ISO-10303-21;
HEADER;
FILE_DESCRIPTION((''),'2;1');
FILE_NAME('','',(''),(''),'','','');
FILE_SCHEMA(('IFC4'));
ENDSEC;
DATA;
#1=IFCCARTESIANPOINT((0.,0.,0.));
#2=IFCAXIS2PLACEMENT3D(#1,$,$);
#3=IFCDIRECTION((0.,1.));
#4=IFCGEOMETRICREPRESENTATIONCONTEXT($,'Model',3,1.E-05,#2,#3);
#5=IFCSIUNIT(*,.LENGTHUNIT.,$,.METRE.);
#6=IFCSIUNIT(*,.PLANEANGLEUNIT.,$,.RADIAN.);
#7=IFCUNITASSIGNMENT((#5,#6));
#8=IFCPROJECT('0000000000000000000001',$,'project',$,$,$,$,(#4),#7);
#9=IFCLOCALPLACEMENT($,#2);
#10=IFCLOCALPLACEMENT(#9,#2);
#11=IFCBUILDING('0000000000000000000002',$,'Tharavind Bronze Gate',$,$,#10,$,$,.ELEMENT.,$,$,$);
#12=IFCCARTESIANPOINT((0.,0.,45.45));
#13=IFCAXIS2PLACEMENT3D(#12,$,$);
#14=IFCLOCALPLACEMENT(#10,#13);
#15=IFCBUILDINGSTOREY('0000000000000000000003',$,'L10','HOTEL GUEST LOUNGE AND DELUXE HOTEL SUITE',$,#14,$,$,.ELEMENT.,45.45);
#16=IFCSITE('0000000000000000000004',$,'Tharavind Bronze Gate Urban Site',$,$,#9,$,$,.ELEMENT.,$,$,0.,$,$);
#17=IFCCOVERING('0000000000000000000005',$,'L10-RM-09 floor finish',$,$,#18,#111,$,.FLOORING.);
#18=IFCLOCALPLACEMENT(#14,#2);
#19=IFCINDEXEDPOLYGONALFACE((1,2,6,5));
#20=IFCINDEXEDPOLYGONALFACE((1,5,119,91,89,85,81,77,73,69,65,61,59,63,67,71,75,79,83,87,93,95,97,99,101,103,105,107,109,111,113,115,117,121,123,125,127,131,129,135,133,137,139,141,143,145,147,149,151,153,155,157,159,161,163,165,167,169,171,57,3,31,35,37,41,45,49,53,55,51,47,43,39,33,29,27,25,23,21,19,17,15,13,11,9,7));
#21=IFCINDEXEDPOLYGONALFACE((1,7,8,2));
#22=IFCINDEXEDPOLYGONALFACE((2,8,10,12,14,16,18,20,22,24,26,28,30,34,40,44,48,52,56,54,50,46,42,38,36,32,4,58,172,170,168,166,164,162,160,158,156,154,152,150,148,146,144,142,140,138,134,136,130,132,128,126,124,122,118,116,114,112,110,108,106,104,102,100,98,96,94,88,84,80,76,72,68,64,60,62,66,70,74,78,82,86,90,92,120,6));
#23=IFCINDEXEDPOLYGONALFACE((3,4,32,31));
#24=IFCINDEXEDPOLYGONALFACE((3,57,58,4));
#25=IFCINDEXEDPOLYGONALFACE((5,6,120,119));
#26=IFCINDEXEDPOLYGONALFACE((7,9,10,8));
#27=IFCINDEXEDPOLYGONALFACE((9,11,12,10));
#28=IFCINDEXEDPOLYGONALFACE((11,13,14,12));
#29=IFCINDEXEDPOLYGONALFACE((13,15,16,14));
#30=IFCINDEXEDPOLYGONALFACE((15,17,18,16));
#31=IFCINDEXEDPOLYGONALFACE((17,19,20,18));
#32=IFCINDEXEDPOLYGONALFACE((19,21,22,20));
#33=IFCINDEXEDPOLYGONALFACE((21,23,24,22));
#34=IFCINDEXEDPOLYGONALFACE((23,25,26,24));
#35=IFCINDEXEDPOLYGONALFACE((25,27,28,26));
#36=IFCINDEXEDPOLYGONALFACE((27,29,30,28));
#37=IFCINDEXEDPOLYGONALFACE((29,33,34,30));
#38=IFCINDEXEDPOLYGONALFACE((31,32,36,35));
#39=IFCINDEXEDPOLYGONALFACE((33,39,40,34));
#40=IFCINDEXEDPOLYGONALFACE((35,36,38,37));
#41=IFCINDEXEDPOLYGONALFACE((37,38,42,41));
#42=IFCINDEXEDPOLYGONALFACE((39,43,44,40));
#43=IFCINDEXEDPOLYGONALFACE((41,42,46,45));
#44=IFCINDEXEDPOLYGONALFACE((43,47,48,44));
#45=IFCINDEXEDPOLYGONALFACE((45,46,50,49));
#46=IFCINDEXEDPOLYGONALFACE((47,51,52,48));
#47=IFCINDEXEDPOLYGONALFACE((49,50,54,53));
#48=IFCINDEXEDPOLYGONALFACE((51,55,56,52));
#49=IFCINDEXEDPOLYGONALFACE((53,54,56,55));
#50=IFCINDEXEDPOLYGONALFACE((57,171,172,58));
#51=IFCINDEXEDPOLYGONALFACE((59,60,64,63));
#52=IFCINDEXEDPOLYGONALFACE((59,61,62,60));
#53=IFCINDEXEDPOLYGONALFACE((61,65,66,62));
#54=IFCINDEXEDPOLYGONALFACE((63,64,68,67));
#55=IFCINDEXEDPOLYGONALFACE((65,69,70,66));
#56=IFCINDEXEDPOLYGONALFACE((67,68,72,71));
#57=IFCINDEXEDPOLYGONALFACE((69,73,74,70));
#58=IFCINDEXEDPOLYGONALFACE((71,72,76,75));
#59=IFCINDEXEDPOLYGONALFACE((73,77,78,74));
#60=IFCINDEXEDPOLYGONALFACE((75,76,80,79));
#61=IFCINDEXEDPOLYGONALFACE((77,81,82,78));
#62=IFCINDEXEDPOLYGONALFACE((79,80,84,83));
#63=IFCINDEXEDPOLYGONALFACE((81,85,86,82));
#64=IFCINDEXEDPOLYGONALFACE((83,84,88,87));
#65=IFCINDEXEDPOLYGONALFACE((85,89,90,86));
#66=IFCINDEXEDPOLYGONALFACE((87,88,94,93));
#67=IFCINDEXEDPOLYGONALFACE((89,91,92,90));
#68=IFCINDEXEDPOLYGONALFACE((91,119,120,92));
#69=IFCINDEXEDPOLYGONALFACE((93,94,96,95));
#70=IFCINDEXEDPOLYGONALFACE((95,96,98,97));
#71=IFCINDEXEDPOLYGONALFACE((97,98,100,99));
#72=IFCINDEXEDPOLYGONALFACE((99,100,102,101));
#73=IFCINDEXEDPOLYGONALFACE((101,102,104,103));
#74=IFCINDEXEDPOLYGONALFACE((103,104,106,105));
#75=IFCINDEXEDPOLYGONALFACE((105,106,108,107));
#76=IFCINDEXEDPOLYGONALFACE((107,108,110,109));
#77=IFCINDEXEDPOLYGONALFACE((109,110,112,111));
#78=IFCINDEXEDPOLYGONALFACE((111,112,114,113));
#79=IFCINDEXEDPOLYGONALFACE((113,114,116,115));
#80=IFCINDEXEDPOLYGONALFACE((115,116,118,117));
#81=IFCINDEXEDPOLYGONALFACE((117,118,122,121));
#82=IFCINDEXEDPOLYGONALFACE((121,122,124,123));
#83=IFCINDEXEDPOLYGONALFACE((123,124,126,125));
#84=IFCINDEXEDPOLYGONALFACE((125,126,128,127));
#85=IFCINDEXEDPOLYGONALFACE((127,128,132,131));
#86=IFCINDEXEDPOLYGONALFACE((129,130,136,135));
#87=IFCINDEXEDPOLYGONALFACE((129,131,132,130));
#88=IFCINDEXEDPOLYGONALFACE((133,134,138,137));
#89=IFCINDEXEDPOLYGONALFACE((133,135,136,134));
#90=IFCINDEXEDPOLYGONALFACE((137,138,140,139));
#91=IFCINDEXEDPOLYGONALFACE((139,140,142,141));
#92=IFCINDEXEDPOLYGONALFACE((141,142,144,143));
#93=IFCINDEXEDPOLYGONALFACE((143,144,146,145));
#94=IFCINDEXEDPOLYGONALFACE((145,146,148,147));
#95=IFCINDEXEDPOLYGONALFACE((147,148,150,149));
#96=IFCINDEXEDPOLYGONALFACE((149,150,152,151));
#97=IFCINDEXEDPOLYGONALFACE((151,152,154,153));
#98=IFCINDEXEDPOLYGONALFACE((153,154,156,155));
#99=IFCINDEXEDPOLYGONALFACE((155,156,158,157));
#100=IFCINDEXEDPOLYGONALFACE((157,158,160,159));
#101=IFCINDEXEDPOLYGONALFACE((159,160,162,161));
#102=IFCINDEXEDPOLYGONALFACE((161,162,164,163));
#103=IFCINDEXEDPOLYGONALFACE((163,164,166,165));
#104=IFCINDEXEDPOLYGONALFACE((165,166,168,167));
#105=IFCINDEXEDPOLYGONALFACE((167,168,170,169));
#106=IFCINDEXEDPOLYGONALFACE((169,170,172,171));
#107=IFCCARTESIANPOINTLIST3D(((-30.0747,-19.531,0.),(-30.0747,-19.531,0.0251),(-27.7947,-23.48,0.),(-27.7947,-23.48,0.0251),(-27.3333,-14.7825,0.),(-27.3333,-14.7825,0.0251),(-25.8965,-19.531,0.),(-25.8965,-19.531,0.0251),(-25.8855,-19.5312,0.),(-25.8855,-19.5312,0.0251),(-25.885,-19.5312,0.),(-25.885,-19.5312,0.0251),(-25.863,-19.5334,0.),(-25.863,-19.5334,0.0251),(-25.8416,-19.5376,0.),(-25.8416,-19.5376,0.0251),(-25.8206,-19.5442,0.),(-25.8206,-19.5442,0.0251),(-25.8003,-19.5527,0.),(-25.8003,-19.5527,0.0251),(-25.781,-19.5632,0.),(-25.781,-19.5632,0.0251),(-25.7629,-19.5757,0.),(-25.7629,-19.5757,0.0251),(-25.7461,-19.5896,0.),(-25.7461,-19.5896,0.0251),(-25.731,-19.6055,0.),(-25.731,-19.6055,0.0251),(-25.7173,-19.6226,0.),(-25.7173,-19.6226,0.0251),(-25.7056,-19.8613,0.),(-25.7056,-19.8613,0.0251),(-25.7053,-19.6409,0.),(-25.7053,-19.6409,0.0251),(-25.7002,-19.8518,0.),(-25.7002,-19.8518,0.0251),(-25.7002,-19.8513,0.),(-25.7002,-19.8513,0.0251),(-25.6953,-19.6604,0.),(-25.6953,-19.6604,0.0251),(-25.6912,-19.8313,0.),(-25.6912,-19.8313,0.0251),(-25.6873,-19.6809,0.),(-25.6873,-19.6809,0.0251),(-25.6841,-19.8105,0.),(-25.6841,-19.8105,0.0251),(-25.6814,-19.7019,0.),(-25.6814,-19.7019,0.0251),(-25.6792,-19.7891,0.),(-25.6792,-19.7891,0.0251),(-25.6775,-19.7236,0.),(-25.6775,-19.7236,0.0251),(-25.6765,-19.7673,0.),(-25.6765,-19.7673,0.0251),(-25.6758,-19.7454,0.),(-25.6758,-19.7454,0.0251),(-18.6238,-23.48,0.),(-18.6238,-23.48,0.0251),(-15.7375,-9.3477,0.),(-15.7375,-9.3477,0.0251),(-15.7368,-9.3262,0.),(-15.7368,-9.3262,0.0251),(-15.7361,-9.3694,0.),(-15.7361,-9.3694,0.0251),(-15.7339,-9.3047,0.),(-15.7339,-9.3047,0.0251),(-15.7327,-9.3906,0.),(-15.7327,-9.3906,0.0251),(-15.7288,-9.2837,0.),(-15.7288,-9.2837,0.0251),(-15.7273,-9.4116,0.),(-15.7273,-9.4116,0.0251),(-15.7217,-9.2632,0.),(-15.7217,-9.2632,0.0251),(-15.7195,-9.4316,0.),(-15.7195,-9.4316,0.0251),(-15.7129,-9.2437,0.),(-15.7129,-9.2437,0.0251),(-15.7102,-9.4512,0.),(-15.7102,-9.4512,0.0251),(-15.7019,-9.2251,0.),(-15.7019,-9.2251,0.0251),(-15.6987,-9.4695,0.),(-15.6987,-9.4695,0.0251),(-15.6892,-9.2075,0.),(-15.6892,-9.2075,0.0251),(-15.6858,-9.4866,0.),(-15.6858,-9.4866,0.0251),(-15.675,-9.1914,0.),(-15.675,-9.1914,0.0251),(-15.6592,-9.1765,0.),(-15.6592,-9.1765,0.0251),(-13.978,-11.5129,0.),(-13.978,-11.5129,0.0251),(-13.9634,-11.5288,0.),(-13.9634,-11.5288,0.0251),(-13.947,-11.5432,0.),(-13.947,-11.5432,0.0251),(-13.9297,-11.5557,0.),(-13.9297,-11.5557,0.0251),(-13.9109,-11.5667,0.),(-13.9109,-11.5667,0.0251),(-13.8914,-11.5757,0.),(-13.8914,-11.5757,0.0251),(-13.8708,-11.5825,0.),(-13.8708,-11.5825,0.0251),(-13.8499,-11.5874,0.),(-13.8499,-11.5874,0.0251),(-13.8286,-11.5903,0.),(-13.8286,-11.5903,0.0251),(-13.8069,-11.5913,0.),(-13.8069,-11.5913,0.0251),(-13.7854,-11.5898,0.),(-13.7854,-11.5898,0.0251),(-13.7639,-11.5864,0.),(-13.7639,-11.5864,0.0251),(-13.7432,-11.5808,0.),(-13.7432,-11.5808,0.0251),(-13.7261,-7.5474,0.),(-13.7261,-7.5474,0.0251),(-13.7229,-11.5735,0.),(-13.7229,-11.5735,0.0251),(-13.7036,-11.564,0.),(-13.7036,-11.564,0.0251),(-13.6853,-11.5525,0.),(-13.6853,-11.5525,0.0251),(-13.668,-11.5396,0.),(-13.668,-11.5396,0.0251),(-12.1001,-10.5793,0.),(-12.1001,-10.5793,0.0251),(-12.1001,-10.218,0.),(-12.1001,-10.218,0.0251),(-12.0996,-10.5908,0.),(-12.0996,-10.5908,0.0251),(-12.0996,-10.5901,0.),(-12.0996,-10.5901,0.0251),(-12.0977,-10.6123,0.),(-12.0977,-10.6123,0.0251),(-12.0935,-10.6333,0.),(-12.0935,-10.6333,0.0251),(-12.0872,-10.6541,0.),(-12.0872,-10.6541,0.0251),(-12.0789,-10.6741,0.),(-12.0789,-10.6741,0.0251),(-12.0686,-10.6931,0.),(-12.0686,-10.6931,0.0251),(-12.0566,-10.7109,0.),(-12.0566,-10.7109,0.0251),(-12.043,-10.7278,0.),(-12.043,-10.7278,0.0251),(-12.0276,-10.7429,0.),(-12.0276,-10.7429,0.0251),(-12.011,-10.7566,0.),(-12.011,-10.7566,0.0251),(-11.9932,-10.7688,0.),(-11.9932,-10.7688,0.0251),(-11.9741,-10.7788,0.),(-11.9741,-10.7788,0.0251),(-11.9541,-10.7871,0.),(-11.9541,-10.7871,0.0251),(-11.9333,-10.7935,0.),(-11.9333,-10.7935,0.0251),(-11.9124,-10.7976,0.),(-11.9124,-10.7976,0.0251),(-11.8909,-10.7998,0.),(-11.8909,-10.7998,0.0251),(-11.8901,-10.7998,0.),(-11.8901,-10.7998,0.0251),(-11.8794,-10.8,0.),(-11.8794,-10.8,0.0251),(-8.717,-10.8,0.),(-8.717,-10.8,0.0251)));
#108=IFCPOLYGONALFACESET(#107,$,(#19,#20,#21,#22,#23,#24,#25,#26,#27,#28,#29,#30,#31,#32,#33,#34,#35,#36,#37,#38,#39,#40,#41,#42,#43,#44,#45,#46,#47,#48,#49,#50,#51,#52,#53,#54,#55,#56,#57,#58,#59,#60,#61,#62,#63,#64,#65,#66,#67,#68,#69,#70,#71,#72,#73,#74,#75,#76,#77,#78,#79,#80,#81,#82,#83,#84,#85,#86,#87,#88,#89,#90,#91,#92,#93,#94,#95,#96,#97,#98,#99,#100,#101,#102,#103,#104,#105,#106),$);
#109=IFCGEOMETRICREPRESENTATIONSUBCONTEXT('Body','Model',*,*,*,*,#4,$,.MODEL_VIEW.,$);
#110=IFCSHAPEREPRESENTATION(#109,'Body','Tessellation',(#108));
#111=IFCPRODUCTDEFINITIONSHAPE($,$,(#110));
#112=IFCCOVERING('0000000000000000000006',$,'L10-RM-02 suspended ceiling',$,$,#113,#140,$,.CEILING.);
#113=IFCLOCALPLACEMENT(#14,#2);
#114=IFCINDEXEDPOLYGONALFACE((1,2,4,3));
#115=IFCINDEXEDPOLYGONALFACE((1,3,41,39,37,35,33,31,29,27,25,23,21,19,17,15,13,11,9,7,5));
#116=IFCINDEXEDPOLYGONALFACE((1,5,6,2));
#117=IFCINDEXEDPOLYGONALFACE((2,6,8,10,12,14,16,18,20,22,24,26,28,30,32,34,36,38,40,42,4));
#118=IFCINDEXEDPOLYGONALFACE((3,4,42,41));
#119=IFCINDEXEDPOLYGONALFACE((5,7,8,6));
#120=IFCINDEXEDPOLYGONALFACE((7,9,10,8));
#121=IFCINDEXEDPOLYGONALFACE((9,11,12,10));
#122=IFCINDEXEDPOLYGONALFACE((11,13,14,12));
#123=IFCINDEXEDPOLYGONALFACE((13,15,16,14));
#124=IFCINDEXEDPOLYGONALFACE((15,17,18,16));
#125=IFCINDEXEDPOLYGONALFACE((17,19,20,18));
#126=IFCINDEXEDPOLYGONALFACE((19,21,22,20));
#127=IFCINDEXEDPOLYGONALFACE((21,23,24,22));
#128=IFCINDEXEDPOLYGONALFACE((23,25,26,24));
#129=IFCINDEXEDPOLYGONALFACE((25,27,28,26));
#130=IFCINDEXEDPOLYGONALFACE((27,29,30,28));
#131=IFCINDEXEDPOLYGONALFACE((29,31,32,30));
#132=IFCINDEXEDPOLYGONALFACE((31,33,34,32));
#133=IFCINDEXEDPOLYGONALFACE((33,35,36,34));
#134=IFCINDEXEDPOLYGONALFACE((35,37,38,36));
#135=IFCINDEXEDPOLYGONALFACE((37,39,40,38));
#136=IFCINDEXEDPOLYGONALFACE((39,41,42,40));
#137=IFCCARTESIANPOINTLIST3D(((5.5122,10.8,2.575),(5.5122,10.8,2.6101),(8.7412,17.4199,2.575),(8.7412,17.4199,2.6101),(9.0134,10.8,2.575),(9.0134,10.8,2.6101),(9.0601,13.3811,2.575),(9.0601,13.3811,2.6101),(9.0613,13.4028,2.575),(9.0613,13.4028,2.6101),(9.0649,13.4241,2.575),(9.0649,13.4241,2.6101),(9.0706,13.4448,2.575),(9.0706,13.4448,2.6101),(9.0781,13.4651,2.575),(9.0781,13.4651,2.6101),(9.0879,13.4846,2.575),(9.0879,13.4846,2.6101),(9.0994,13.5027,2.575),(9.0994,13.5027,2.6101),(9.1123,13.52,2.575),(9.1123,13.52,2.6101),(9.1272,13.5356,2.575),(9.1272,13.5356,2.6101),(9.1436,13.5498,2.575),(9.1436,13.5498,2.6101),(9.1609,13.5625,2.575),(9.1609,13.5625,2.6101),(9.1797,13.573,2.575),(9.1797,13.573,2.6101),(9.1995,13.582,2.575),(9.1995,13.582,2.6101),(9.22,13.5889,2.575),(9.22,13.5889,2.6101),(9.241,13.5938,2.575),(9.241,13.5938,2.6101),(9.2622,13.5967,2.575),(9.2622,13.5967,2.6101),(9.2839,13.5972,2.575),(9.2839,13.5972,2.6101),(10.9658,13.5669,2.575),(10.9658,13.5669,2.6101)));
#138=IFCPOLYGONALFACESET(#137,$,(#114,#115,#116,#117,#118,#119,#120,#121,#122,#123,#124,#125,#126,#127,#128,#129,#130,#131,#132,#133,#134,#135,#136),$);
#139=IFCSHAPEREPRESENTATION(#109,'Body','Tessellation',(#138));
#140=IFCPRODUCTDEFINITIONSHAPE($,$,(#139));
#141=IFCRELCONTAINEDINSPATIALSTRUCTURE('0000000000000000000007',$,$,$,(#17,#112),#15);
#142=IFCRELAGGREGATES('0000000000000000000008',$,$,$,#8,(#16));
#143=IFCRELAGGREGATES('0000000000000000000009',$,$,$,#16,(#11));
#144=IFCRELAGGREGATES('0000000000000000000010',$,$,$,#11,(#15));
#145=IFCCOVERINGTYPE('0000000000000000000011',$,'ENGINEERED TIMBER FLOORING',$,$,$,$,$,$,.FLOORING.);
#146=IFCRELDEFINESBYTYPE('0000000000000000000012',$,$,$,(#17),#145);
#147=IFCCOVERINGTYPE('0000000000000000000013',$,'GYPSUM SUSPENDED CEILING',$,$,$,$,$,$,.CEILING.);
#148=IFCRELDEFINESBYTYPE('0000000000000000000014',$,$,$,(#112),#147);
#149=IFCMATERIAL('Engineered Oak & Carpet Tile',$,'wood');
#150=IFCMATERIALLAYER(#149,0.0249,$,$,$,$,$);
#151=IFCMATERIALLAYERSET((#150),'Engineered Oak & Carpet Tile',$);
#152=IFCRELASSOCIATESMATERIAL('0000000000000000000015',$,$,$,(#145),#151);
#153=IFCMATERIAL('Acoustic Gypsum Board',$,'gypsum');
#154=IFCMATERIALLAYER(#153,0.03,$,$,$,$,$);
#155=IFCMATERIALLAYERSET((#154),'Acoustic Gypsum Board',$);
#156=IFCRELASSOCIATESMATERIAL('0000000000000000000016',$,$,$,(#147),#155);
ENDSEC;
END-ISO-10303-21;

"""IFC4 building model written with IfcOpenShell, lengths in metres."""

from ifc_helpers import new_model, si_unit, direction, frame, origin, place, context, subcontext, project, spatial, polyline, outline, extrude, material, layer, layer_set, type_object, element, save


model = new_model("IFC4")

# Units and contexts
model_context = context("Model", 3, precision=1e-05, world=origin(), true_north=direction((0.0, 1.0)))
body_context = subcontext(model_context, "Body", "Model", "MODEL_VIEW")
ifc_project = project(units=[si_unit("LENGTHUNIT", "METRE"), si_unit("PLANEANGLEUNIT", "RADIAN")], contexts=[model_context])

# Site, building, storey
site_placement = place(None, origin())
site = spatial("IfcSite", under=ifc_project, at=site_placement, Name="Tharavind Bronze Gate Urban Site", CompositionType="ELEMENT", RefElevation=0.0)
building_placement = place(site_placement, origin())
building = spatial("IfcBuilding", under=site, at=building_placement, Name="Tharavind Bronze Gate", CompositionType="ELEMENT")
storey_placement = place(building_placement, frame((0.0, 0.0, 45.45)))
storey = spatial("IfcBuildingStorey", under=building, at=storey_placement, Name="L10", Description="HOTEL GUEST LOUNGE AND DELUXE HOTEL SUITE", CompositionType="ELEMENT", Elevation=45.45)

# Coverings
ifc_material_1 = material(Name="Engineered Oak & Carpet Tile", Category="wood")
ifc_layer_1 = layer(ifc_material_1, 0.0249)
ifc_layer_set_1 = layer_set([ifc_layer_1], Name="Engineered Oak & Carpet Tile")
covering_type_1 = type_object("IfcCoveringType", Name="ENGINEERED TIMBER FLOORING", PredefinedType="FLOORING", material=ifc_layer_set_1)
covering_1_placement = place(storey_placement, origin())
element("IfcCovering", 1, at=covering_1_placement, inside=storey, type_object=covering_type_1, Name="L10-RM-09 floor finish", PredefinedType="FLOORING", context=body_context, shape_type="SweptSolid", body=[
    extrude(outline(polyline([(-25.8965, -19.531), (-25.8855, -19.5312), (-25.885, -19.5312), (-25.863, -19.5334), (-25.8416, -19.5376), (-25.8206, -19.5442), (-25.8003, -19.5527), (-25.781, -19.5632), (-25.7629, -19.5757), (-25.7461, -19.5896), (-25.731, -19.6055), (-25.7173, -19.6226), (-25.7053, -19.6409), (-25.6953, -19.6604), (-25.6873, -19.6809), (-25.6814, -19.7019), (-25.6775, -19.7236), (-25.6758, -19.7454), (-25.6765, -19.7673), (-25.6792, -19.7891), (-25.6841, -19.8105), (-25.6912, -19.8313), (-25.7002, -19.8513), (-25.7002, -19.8518), (-25.7056, -19.8613), (-27.7947, -23.48), (-18.6238, -23.48), (-8.717, -10.8), (-11.8794, -10.8), (-11.8901, -10.7998), (-11.8909, -10.7998), (-11.9124, -10.7976), (-11.9333, -10.7935), (-11.9541, -10.7871), (-11.9741, -10.7788), (-11.9932, -10.7688), (-12.011, -10.7566), (-12.0276, -10.7429), (-12.043, -10.7278), (-12.0566, -10.7109), (-12.0686, -10.6931), (-12.0789, -10.6741), (-12.0872, -10.6541), (-12.0935, -10.6333), (-12.0977, -10.6123), (-12.0996, -10.5908), (-12.0996, -10.5901), (-12.1001, -10.5793), (-12.1001, -10.218), (-13.668, -11.5396), (-13.6853, -11.5525), (-13.7036, -11.564), (-13.7229, -11.5735), (-13.7432, -11.5808), (-13.7639, -11.5864), (-13.7854, -11.5898), (-13.8069, -11.5913), (-13.8286, -11.5903), (-13.8499, -11.5874), (-13.8708, -11.5825), (-13.8914, -11.5757), (-13.9109, -11.5667), (-13.9297, -11.5557), (-13.947, -11.5432), (-13.9634, -11.5288), (-13.978, -11.5129), (-15.6858, -9.4866), (-15.6987, -9.4695), (-15.7102, -9.4512), (-15.7195, -9.4316), (-15.7273, -9.4116), (-15.7327, -9.3906), (-15.7361, -9.3694), (-15.7375, -9.3477), (-15.7368, -9.3262), (-15.7339, -9.3047), (-15.7288, -9.2837), (-15.7217, -9.2632), (-15.7129, -9.2437), (-15.7019, -9.2251), (-15.6892, -9.2075), (-15.675, -9.1914), (-15.6592, -9.1765), (-13.7261, -7.5474), (-27.3333, -14.7825), (-30.0747, -19.531), (-25.8965, -19.531)])), origin(), (0.0, 0.0, 1.0), 0.0251),
])
ifc_material_2 = material(Name="Acoustic Gypsum Board", Category="gypsum")
ifc_layer_2 = layer(ifc_material_2, 0.03)
ifc_layer_set_2 = layer_set([ifc_layer_2], Name="Acoustic Gypsum Board")
covering_type_2 = type_object("IfcCoveringType", Name="GYPSUM SUSPENDED CEILING", PredefinedType="CEILING", material=ifc_layer_set_2)
covering_2_placement = place(storey_placement, frame((0.0, 0.0, 2.575)))
element("IfcCovering", 2, at=covering_2_placement, inside=storey, type_object=covering_type_2, Name="L10-RM-02 suspended ceiling", PredefinedType="CEILING", context=body_context, shape_type="SweptSolid", body=[
    extrude(outline(polyline([(9.0134, 10.8), (9.0601, 13.3811), (9.0613, 13.4028), (9.0649, 13.4241), (9.0706, 13.4448), (9.0781, 13.4651), (9.0879, 13.4846), (9.0994, 13.5027), (9.1123, 13.52), (9.1272, 13.5356), (9.1436, 13.5498), (9.1609, 13.5625), (9.1797, 13.573), (9.1995, 13.582), (9.22, 13.5889), (9.241, 13.5938), (9.2622, 13.5967), (9.2839, 13.5972), (10.9658, 13.5669), (8.7412, 17.4199), (5.5122, 10.8), (9.0134, 10.8)])), origin(), (0.0, 0.0, 1.0), 0.0352),
])

save(model, "model.ifc")
